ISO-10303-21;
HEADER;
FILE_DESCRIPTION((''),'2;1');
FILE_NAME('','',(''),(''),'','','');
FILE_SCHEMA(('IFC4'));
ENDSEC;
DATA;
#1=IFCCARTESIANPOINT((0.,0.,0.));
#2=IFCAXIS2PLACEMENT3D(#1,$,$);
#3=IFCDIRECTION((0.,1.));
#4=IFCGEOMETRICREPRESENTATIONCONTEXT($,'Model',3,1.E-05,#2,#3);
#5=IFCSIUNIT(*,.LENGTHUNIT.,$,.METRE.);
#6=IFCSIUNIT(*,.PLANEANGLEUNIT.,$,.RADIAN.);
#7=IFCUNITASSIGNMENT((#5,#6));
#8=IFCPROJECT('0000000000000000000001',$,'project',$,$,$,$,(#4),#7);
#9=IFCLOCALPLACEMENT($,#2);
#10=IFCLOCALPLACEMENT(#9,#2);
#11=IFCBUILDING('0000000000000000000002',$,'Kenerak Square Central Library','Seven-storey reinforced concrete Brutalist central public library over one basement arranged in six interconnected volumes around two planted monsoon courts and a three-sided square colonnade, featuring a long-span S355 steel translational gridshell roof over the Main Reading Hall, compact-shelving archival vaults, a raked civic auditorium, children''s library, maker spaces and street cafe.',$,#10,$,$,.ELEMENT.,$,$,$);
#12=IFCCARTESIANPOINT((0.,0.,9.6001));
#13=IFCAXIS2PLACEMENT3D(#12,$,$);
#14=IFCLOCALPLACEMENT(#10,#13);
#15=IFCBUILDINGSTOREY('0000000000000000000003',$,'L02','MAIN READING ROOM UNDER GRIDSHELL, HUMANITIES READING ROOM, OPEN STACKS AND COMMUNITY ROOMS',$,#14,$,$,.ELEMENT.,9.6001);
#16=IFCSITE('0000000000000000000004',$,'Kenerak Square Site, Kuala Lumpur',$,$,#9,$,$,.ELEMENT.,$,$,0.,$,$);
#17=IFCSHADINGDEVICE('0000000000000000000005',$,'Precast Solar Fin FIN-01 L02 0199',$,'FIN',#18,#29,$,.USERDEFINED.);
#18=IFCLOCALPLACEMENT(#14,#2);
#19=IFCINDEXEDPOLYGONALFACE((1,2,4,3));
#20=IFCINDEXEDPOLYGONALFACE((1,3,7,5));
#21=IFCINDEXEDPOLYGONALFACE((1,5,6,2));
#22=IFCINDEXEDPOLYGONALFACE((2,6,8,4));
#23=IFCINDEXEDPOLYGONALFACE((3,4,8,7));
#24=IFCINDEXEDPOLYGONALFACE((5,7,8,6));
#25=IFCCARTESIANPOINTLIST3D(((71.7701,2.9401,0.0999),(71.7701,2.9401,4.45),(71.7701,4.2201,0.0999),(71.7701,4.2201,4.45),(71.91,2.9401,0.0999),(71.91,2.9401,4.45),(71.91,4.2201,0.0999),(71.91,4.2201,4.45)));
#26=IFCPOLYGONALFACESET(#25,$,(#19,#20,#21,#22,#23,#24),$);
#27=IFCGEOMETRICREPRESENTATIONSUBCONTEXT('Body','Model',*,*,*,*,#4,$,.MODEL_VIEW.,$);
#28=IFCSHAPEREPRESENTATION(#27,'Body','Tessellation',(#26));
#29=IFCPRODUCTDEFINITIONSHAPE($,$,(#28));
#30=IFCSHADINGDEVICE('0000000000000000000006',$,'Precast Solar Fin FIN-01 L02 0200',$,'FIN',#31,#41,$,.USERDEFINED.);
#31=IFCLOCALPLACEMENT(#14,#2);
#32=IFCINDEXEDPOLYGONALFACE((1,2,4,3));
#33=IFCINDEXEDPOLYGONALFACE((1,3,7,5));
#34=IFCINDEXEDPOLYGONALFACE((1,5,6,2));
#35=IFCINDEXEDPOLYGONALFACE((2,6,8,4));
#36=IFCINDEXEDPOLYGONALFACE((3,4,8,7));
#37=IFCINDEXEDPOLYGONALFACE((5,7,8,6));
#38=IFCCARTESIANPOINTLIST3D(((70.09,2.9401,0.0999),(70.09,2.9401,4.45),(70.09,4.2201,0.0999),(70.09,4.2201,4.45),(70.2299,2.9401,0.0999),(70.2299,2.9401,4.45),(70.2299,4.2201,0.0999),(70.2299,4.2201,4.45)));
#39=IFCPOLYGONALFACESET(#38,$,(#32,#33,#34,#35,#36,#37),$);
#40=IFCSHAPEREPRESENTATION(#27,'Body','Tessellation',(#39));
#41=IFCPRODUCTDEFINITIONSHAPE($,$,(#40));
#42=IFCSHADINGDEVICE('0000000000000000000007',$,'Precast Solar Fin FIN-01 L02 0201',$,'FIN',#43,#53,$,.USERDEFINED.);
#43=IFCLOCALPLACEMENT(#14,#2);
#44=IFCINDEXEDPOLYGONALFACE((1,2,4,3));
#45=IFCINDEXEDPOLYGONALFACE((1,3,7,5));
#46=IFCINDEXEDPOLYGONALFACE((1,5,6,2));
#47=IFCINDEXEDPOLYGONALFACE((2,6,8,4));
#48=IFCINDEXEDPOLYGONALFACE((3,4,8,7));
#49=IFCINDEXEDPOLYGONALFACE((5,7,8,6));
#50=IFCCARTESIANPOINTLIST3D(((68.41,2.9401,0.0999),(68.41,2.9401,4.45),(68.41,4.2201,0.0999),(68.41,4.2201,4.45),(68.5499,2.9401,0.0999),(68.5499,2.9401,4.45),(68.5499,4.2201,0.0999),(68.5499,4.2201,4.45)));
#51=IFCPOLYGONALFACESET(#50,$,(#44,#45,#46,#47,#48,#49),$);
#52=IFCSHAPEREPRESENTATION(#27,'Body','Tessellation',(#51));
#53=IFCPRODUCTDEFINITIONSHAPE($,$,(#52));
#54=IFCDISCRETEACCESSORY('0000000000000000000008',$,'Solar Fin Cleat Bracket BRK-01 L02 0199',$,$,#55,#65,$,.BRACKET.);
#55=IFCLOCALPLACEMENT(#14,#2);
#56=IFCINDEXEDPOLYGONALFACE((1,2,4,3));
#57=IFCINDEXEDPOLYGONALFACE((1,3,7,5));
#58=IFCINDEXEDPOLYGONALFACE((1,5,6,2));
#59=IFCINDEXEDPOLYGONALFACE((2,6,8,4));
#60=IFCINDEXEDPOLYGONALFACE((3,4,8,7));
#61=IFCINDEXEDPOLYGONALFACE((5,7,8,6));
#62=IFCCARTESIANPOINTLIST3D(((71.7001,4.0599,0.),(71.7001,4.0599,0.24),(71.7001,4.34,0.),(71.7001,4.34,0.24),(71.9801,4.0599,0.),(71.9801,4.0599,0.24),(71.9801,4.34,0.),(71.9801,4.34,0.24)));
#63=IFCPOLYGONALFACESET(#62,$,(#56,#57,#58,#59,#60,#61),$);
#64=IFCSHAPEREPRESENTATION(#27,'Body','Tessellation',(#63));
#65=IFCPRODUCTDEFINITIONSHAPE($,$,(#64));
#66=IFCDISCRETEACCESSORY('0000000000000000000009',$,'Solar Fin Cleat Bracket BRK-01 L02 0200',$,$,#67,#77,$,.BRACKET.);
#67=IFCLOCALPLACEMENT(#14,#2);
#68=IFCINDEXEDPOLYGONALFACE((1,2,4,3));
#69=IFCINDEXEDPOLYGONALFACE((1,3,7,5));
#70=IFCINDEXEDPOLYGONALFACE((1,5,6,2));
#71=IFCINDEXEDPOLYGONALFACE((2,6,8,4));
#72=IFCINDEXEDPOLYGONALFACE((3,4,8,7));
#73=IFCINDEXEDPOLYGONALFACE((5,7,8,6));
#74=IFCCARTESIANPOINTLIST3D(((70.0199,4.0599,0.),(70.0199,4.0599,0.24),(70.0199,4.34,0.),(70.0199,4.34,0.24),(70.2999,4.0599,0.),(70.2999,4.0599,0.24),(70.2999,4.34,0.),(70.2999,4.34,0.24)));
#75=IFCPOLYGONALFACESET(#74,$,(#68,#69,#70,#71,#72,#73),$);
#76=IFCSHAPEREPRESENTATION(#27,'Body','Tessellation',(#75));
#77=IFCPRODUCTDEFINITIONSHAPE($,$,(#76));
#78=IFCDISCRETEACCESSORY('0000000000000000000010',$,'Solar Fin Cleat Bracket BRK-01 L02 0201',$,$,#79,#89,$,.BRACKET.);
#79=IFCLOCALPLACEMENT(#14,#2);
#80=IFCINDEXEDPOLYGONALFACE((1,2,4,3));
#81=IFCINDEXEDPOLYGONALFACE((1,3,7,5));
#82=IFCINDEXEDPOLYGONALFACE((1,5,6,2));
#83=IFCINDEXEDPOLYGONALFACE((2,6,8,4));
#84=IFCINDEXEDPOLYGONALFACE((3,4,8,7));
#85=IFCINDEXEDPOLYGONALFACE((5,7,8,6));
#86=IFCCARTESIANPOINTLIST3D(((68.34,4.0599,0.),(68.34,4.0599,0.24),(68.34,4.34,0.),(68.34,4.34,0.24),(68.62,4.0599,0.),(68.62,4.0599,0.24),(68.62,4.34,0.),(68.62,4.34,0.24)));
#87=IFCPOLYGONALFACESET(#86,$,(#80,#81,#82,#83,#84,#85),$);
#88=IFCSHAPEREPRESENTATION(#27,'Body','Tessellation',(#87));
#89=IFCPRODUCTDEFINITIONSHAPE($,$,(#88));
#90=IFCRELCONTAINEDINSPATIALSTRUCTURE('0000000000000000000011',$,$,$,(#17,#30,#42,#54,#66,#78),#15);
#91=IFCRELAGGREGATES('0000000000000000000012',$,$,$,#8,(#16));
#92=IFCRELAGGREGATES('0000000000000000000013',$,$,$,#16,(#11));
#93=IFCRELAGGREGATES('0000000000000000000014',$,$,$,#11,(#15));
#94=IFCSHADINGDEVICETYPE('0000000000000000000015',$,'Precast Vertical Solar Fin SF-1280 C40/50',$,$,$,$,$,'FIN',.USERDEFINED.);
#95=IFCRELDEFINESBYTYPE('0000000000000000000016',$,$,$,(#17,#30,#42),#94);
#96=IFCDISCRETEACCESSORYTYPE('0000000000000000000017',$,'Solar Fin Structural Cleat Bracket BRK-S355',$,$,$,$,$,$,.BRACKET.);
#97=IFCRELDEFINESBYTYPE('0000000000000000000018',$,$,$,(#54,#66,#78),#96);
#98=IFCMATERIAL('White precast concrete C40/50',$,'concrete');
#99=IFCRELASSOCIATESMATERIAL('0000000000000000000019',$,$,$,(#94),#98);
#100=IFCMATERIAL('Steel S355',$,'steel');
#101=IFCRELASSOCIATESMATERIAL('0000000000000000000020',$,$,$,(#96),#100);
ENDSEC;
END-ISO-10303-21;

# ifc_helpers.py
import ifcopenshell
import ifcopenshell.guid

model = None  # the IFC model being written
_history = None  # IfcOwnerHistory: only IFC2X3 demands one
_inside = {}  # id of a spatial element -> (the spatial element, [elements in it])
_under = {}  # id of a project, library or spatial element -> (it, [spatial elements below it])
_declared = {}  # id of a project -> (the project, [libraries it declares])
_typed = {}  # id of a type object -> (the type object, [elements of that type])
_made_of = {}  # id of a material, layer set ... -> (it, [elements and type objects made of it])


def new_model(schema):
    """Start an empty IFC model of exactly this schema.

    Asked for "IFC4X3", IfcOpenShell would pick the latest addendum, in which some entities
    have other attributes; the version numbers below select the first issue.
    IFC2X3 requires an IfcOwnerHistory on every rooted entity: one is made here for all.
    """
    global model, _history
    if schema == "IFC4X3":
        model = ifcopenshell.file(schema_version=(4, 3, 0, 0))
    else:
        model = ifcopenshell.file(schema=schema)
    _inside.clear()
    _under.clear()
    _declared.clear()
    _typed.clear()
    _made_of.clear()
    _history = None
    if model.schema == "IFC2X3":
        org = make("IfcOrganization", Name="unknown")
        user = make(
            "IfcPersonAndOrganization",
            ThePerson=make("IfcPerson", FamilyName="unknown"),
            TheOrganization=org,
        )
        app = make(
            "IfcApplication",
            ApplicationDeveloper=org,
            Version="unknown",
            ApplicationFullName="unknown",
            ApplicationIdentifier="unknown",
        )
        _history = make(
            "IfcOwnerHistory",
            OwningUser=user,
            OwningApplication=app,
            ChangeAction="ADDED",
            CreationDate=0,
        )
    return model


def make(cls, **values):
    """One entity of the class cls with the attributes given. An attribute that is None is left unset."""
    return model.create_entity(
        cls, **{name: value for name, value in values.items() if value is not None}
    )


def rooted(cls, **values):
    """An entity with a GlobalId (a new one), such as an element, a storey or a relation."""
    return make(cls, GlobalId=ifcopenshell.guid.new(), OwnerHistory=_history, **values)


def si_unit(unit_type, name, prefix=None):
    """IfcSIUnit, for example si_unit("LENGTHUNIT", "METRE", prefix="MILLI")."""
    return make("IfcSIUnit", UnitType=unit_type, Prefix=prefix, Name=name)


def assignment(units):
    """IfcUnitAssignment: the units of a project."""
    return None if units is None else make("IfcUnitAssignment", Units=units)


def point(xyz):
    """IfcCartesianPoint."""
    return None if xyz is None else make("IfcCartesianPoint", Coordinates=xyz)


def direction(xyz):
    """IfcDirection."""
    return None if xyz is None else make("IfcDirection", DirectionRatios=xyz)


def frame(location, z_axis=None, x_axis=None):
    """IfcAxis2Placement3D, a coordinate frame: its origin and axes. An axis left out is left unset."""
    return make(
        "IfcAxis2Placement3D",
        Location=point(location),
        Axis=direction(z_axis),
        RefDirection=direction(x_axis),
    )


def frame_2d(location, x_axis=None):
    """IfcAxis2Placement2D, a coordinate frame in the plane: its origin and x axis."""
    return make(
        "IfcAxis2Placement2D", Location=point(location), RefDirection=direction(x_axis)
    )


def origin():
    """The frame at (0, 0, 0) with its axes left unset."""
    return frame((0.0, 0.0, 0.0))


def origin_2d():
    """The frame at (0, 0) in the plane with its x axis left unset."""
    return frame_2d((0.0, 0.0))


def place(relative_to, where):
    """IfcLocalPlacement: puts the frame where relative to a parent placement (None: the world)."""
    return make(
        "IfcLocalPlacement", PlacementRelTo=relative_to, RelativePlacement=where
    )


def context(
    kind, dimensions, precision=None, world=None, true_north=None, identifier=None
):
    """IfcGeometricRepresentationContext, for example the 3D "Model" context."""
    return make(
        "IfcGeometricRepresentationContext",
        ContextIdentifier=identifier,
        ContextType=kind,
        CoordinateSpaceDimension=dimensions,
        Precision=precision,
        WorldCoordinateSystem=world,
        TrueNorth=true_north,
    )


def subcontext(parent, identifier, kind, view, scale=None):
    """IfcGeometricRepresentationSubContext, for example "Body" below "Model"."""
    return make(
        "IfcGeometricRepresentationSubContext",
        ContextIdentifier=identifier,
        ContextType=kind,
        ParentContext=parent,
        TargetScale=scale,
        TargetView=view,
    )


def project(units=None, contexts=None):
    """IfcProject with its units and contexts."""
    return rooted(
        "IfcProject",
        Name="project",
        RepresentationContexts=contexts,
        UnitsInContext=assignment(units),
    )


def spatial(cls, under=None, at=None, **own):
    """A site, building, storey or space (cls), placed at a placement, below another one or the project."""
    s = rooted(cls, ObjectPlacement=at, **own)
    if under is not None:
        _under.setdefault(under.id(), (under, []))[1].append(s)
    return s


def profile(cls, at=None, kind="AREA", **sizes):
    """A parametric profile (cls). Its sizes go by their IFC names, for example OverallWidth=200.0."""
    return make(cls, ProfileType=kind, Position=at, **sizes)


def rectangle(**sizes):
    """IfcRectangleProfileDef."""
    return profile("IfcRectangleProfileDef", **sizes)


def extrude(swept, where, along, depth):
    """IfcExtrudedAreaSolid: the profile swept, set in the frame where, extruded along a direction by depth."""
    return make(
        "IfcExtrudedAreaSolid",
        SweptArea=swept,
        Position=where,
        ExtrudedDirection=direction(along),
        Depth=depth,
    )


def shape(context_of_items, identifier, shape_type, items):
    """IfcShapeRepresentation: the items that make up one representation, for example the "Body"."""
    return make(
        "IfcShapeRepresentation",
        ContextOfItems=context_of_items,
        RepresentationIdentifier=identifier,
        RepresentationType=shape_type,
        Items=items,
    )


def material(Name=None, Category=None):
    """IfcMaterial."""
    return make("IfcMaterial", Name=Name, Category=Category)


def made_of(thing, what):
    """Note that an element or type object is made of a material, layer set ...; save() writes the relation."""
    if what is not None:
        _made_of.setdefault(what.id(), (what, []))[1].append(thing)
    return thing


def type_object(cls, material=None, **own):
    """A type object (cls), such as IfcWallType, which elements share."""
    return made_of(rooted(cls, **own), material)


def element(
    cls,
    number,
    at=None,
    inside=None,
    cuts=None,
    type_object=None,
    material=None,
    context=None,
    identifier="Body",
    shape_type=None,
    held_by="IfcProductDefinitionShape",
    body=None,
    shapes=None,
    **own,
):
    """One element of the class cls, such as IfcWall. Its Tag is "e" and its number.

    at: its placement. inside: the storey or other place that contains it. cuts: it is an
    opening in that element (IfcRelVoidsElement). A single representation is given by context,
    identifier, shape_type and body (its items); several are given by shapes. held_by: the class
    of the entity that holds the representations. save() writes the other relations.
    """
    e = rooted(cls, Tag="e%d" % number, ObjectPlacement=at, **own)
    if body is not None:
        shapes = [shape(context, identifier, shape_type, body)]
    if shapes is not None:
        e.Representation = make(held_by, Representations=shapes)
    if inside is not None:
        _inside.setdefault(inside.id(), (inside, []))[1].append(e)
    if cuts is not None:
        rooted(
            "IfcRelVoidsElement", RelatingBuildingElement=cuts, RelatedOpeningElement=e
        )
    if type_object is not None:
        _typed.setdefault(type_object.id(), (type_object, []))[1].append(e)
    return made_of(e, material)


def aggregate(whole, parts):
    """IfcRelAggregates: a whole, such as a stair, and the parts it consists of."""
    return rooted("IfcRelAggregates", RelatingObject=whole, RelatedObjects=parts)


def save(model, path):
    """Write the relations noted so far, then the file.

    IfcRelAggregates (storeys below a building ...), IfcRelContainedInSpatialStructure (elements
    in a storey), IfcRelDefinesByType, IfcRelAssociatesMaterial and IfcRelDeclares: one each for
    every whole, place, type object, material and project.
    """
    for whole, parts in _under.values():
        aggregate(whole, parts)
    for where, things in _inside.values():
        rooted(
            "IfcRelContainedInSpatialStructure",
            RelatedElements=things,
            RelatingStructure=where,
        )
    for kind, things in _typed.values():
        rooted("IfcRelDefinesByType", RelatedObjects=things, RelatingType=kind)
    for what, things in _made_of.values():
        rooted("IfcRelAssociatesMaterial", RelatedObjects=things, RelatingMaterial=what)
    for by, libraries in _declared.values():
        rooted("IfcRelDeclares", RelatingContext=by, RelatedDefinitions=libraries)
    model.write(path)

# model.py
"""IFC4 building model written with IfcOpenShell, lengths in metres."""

from ifc_helpers import new_model, si_unit, direction, frame, origin, origin_2d, place, context, subcontext, project, spatial, rectangle, extrude, material, type_object, element, save


model = new_model("IFC4")

# Units and contexts
model_context = context("Model", 3, precision=1e-05, world=origin(), true_north=direction((0.0, 1.0)))
body_context = subcontext(model_context, "Body", "Model", "MODEL_VIEW")
ifc_project = project(units=[si_unit("LENGTHUNIT", "METRE"), si_unit("PLANEANGLEUNIT", "RADIAN")], contexts=[model_context])

# Site, building, storey
site_placement = place(None, origin())
site = spatial("IfcSite", under=ifc_project, at=site_placement, Name="Kenerak Square Site, Kuala Lumpur", CompositionType="ELEMENT", RefElevation=0.0)
building_placement = place(site_placement, origin())
building = spatial("IfcBuilding", under=site, at=building_placement, Name="Kenerak Square Central Library", Description="Seven-storey reinforced concrete Brutalist central public library over one basement arranged in six interconnected volumes around two planted monsoon courts and a three-sided square colonnade, featuring a long-span S355 steel translational gridshell roof over the Main Reading Hall, compact-shelving archival vaults, a raked civic auditorium, children's library, maker spaces and street cafe.", CompositionType="ELEMENT")
storey_placement = place(building_placement, frame((0.0, 0.0, 9.6001)))
storey = spatial("IfcBuildingStorey", under=building, at=storey_placement, Name="L02", Description="MAIN READING ROOM UNDER GRIDSHELL, HUMANITIES READING ROOM, OPEN STACKS AND COMMUNITY ROOMS", CompositionType="ELEMENT", Elevation=9.6001)

# Shared definitions
ifc_material_1 = material(Name="Steel S355", Category="steel")

# Shading devices
ifc_material_2 = material(Name="White precast concrete C40/50", Category="concrete")
shading_device_type = type_object("IfcShadingDeviceType", Name="Precast Vertical Solar Fin SF-1280 C40/50", ElementType="FIN", PredefinedType="USERDEFINED", material=ifc_material_2)
for number, where, z_axis, x_axis, name in (
    (1, (71.8401, 3.5801, 0.0999), (0.0, 0.0, 1.0), (-1.0, 0.0, 0.0), "Precast Solar Fin FIN-01 L02 0199"),
    (2, (70.1599, 3.5801, 0.0999), (0.0, 0.0, 1.0), (-1.0, 0.0, 0.0), "Precast Solar Fin FIN-01 L02 0200"),
    (3, (68.48, 3.5801, 0.0999), (0.0, 0.0, 1.0), (-1.0, 0.0, 0.0), "Precast Solar Fin FIN-01 L02 0201"),
):
    element("IfcShadingDevice", number, at=place(storey_placement, frame(where, z_axis=z_axis, x_axis=x_axis)), inside=storey, type_object=shading_device_type, Name=name, ObjectType="FIN", PredefinedType="USERDEFINED", context=body_context, shape_type="SweptSolid", body=[
        extrude(rectangle(XDim=0.1399, YDim=1.28, at=origin_2d()), origin(), (0.0, 0.0, 1.0), 4.3501),
    ])

# Discrete accessories
discrete_accessory_type = type_object("IfcDiscreteAccessoryType", Name="Solar Fin Structural Cleat Bracket BRK-S355", PredefinedType="BRACKET", material=ifc_material_1)
for number, where, z_axis, x_axis, name in (
    (4, (71.8401, 4.2, 0.0), (0.0, 0.0, 1.0), (-1.0, 0.0, 0.0), "Solar Fin Cleat Bracket BRK-01 L02 0199"),
    (5, (70.1599, 4.2, 0.0), (0.0, 0.0, 1.0), (-1.0, 0.0, 0.0), "Solar Fin Cleat Bracket BRK-01 L02 0200"),
    (6, (68.48, 4.2, 0.0), (0.0, 0.0, 1.0), (-1.0, 0.0, 0.0), "Solar Fin Cleat Bracket BRK-01 L02 0201"),
):
    element("IfcDiscreteAccessory", number, at=place(storey_placement, frame(where, z_axis=z_axis, x_axis=x_axis)), inside=storey, type_object=discrete_accessory_type, Name=name, PredefinedType="BRACKET", context=body_context, shape_type="SweptSolid", body=[
        extrude(rectangle(XDim=0.28, YDim=0.28, at=origin_2d()), origin(), (0.0, 0.0, 1.0), 0.24),
    ])

save(model, "model.ifc")
